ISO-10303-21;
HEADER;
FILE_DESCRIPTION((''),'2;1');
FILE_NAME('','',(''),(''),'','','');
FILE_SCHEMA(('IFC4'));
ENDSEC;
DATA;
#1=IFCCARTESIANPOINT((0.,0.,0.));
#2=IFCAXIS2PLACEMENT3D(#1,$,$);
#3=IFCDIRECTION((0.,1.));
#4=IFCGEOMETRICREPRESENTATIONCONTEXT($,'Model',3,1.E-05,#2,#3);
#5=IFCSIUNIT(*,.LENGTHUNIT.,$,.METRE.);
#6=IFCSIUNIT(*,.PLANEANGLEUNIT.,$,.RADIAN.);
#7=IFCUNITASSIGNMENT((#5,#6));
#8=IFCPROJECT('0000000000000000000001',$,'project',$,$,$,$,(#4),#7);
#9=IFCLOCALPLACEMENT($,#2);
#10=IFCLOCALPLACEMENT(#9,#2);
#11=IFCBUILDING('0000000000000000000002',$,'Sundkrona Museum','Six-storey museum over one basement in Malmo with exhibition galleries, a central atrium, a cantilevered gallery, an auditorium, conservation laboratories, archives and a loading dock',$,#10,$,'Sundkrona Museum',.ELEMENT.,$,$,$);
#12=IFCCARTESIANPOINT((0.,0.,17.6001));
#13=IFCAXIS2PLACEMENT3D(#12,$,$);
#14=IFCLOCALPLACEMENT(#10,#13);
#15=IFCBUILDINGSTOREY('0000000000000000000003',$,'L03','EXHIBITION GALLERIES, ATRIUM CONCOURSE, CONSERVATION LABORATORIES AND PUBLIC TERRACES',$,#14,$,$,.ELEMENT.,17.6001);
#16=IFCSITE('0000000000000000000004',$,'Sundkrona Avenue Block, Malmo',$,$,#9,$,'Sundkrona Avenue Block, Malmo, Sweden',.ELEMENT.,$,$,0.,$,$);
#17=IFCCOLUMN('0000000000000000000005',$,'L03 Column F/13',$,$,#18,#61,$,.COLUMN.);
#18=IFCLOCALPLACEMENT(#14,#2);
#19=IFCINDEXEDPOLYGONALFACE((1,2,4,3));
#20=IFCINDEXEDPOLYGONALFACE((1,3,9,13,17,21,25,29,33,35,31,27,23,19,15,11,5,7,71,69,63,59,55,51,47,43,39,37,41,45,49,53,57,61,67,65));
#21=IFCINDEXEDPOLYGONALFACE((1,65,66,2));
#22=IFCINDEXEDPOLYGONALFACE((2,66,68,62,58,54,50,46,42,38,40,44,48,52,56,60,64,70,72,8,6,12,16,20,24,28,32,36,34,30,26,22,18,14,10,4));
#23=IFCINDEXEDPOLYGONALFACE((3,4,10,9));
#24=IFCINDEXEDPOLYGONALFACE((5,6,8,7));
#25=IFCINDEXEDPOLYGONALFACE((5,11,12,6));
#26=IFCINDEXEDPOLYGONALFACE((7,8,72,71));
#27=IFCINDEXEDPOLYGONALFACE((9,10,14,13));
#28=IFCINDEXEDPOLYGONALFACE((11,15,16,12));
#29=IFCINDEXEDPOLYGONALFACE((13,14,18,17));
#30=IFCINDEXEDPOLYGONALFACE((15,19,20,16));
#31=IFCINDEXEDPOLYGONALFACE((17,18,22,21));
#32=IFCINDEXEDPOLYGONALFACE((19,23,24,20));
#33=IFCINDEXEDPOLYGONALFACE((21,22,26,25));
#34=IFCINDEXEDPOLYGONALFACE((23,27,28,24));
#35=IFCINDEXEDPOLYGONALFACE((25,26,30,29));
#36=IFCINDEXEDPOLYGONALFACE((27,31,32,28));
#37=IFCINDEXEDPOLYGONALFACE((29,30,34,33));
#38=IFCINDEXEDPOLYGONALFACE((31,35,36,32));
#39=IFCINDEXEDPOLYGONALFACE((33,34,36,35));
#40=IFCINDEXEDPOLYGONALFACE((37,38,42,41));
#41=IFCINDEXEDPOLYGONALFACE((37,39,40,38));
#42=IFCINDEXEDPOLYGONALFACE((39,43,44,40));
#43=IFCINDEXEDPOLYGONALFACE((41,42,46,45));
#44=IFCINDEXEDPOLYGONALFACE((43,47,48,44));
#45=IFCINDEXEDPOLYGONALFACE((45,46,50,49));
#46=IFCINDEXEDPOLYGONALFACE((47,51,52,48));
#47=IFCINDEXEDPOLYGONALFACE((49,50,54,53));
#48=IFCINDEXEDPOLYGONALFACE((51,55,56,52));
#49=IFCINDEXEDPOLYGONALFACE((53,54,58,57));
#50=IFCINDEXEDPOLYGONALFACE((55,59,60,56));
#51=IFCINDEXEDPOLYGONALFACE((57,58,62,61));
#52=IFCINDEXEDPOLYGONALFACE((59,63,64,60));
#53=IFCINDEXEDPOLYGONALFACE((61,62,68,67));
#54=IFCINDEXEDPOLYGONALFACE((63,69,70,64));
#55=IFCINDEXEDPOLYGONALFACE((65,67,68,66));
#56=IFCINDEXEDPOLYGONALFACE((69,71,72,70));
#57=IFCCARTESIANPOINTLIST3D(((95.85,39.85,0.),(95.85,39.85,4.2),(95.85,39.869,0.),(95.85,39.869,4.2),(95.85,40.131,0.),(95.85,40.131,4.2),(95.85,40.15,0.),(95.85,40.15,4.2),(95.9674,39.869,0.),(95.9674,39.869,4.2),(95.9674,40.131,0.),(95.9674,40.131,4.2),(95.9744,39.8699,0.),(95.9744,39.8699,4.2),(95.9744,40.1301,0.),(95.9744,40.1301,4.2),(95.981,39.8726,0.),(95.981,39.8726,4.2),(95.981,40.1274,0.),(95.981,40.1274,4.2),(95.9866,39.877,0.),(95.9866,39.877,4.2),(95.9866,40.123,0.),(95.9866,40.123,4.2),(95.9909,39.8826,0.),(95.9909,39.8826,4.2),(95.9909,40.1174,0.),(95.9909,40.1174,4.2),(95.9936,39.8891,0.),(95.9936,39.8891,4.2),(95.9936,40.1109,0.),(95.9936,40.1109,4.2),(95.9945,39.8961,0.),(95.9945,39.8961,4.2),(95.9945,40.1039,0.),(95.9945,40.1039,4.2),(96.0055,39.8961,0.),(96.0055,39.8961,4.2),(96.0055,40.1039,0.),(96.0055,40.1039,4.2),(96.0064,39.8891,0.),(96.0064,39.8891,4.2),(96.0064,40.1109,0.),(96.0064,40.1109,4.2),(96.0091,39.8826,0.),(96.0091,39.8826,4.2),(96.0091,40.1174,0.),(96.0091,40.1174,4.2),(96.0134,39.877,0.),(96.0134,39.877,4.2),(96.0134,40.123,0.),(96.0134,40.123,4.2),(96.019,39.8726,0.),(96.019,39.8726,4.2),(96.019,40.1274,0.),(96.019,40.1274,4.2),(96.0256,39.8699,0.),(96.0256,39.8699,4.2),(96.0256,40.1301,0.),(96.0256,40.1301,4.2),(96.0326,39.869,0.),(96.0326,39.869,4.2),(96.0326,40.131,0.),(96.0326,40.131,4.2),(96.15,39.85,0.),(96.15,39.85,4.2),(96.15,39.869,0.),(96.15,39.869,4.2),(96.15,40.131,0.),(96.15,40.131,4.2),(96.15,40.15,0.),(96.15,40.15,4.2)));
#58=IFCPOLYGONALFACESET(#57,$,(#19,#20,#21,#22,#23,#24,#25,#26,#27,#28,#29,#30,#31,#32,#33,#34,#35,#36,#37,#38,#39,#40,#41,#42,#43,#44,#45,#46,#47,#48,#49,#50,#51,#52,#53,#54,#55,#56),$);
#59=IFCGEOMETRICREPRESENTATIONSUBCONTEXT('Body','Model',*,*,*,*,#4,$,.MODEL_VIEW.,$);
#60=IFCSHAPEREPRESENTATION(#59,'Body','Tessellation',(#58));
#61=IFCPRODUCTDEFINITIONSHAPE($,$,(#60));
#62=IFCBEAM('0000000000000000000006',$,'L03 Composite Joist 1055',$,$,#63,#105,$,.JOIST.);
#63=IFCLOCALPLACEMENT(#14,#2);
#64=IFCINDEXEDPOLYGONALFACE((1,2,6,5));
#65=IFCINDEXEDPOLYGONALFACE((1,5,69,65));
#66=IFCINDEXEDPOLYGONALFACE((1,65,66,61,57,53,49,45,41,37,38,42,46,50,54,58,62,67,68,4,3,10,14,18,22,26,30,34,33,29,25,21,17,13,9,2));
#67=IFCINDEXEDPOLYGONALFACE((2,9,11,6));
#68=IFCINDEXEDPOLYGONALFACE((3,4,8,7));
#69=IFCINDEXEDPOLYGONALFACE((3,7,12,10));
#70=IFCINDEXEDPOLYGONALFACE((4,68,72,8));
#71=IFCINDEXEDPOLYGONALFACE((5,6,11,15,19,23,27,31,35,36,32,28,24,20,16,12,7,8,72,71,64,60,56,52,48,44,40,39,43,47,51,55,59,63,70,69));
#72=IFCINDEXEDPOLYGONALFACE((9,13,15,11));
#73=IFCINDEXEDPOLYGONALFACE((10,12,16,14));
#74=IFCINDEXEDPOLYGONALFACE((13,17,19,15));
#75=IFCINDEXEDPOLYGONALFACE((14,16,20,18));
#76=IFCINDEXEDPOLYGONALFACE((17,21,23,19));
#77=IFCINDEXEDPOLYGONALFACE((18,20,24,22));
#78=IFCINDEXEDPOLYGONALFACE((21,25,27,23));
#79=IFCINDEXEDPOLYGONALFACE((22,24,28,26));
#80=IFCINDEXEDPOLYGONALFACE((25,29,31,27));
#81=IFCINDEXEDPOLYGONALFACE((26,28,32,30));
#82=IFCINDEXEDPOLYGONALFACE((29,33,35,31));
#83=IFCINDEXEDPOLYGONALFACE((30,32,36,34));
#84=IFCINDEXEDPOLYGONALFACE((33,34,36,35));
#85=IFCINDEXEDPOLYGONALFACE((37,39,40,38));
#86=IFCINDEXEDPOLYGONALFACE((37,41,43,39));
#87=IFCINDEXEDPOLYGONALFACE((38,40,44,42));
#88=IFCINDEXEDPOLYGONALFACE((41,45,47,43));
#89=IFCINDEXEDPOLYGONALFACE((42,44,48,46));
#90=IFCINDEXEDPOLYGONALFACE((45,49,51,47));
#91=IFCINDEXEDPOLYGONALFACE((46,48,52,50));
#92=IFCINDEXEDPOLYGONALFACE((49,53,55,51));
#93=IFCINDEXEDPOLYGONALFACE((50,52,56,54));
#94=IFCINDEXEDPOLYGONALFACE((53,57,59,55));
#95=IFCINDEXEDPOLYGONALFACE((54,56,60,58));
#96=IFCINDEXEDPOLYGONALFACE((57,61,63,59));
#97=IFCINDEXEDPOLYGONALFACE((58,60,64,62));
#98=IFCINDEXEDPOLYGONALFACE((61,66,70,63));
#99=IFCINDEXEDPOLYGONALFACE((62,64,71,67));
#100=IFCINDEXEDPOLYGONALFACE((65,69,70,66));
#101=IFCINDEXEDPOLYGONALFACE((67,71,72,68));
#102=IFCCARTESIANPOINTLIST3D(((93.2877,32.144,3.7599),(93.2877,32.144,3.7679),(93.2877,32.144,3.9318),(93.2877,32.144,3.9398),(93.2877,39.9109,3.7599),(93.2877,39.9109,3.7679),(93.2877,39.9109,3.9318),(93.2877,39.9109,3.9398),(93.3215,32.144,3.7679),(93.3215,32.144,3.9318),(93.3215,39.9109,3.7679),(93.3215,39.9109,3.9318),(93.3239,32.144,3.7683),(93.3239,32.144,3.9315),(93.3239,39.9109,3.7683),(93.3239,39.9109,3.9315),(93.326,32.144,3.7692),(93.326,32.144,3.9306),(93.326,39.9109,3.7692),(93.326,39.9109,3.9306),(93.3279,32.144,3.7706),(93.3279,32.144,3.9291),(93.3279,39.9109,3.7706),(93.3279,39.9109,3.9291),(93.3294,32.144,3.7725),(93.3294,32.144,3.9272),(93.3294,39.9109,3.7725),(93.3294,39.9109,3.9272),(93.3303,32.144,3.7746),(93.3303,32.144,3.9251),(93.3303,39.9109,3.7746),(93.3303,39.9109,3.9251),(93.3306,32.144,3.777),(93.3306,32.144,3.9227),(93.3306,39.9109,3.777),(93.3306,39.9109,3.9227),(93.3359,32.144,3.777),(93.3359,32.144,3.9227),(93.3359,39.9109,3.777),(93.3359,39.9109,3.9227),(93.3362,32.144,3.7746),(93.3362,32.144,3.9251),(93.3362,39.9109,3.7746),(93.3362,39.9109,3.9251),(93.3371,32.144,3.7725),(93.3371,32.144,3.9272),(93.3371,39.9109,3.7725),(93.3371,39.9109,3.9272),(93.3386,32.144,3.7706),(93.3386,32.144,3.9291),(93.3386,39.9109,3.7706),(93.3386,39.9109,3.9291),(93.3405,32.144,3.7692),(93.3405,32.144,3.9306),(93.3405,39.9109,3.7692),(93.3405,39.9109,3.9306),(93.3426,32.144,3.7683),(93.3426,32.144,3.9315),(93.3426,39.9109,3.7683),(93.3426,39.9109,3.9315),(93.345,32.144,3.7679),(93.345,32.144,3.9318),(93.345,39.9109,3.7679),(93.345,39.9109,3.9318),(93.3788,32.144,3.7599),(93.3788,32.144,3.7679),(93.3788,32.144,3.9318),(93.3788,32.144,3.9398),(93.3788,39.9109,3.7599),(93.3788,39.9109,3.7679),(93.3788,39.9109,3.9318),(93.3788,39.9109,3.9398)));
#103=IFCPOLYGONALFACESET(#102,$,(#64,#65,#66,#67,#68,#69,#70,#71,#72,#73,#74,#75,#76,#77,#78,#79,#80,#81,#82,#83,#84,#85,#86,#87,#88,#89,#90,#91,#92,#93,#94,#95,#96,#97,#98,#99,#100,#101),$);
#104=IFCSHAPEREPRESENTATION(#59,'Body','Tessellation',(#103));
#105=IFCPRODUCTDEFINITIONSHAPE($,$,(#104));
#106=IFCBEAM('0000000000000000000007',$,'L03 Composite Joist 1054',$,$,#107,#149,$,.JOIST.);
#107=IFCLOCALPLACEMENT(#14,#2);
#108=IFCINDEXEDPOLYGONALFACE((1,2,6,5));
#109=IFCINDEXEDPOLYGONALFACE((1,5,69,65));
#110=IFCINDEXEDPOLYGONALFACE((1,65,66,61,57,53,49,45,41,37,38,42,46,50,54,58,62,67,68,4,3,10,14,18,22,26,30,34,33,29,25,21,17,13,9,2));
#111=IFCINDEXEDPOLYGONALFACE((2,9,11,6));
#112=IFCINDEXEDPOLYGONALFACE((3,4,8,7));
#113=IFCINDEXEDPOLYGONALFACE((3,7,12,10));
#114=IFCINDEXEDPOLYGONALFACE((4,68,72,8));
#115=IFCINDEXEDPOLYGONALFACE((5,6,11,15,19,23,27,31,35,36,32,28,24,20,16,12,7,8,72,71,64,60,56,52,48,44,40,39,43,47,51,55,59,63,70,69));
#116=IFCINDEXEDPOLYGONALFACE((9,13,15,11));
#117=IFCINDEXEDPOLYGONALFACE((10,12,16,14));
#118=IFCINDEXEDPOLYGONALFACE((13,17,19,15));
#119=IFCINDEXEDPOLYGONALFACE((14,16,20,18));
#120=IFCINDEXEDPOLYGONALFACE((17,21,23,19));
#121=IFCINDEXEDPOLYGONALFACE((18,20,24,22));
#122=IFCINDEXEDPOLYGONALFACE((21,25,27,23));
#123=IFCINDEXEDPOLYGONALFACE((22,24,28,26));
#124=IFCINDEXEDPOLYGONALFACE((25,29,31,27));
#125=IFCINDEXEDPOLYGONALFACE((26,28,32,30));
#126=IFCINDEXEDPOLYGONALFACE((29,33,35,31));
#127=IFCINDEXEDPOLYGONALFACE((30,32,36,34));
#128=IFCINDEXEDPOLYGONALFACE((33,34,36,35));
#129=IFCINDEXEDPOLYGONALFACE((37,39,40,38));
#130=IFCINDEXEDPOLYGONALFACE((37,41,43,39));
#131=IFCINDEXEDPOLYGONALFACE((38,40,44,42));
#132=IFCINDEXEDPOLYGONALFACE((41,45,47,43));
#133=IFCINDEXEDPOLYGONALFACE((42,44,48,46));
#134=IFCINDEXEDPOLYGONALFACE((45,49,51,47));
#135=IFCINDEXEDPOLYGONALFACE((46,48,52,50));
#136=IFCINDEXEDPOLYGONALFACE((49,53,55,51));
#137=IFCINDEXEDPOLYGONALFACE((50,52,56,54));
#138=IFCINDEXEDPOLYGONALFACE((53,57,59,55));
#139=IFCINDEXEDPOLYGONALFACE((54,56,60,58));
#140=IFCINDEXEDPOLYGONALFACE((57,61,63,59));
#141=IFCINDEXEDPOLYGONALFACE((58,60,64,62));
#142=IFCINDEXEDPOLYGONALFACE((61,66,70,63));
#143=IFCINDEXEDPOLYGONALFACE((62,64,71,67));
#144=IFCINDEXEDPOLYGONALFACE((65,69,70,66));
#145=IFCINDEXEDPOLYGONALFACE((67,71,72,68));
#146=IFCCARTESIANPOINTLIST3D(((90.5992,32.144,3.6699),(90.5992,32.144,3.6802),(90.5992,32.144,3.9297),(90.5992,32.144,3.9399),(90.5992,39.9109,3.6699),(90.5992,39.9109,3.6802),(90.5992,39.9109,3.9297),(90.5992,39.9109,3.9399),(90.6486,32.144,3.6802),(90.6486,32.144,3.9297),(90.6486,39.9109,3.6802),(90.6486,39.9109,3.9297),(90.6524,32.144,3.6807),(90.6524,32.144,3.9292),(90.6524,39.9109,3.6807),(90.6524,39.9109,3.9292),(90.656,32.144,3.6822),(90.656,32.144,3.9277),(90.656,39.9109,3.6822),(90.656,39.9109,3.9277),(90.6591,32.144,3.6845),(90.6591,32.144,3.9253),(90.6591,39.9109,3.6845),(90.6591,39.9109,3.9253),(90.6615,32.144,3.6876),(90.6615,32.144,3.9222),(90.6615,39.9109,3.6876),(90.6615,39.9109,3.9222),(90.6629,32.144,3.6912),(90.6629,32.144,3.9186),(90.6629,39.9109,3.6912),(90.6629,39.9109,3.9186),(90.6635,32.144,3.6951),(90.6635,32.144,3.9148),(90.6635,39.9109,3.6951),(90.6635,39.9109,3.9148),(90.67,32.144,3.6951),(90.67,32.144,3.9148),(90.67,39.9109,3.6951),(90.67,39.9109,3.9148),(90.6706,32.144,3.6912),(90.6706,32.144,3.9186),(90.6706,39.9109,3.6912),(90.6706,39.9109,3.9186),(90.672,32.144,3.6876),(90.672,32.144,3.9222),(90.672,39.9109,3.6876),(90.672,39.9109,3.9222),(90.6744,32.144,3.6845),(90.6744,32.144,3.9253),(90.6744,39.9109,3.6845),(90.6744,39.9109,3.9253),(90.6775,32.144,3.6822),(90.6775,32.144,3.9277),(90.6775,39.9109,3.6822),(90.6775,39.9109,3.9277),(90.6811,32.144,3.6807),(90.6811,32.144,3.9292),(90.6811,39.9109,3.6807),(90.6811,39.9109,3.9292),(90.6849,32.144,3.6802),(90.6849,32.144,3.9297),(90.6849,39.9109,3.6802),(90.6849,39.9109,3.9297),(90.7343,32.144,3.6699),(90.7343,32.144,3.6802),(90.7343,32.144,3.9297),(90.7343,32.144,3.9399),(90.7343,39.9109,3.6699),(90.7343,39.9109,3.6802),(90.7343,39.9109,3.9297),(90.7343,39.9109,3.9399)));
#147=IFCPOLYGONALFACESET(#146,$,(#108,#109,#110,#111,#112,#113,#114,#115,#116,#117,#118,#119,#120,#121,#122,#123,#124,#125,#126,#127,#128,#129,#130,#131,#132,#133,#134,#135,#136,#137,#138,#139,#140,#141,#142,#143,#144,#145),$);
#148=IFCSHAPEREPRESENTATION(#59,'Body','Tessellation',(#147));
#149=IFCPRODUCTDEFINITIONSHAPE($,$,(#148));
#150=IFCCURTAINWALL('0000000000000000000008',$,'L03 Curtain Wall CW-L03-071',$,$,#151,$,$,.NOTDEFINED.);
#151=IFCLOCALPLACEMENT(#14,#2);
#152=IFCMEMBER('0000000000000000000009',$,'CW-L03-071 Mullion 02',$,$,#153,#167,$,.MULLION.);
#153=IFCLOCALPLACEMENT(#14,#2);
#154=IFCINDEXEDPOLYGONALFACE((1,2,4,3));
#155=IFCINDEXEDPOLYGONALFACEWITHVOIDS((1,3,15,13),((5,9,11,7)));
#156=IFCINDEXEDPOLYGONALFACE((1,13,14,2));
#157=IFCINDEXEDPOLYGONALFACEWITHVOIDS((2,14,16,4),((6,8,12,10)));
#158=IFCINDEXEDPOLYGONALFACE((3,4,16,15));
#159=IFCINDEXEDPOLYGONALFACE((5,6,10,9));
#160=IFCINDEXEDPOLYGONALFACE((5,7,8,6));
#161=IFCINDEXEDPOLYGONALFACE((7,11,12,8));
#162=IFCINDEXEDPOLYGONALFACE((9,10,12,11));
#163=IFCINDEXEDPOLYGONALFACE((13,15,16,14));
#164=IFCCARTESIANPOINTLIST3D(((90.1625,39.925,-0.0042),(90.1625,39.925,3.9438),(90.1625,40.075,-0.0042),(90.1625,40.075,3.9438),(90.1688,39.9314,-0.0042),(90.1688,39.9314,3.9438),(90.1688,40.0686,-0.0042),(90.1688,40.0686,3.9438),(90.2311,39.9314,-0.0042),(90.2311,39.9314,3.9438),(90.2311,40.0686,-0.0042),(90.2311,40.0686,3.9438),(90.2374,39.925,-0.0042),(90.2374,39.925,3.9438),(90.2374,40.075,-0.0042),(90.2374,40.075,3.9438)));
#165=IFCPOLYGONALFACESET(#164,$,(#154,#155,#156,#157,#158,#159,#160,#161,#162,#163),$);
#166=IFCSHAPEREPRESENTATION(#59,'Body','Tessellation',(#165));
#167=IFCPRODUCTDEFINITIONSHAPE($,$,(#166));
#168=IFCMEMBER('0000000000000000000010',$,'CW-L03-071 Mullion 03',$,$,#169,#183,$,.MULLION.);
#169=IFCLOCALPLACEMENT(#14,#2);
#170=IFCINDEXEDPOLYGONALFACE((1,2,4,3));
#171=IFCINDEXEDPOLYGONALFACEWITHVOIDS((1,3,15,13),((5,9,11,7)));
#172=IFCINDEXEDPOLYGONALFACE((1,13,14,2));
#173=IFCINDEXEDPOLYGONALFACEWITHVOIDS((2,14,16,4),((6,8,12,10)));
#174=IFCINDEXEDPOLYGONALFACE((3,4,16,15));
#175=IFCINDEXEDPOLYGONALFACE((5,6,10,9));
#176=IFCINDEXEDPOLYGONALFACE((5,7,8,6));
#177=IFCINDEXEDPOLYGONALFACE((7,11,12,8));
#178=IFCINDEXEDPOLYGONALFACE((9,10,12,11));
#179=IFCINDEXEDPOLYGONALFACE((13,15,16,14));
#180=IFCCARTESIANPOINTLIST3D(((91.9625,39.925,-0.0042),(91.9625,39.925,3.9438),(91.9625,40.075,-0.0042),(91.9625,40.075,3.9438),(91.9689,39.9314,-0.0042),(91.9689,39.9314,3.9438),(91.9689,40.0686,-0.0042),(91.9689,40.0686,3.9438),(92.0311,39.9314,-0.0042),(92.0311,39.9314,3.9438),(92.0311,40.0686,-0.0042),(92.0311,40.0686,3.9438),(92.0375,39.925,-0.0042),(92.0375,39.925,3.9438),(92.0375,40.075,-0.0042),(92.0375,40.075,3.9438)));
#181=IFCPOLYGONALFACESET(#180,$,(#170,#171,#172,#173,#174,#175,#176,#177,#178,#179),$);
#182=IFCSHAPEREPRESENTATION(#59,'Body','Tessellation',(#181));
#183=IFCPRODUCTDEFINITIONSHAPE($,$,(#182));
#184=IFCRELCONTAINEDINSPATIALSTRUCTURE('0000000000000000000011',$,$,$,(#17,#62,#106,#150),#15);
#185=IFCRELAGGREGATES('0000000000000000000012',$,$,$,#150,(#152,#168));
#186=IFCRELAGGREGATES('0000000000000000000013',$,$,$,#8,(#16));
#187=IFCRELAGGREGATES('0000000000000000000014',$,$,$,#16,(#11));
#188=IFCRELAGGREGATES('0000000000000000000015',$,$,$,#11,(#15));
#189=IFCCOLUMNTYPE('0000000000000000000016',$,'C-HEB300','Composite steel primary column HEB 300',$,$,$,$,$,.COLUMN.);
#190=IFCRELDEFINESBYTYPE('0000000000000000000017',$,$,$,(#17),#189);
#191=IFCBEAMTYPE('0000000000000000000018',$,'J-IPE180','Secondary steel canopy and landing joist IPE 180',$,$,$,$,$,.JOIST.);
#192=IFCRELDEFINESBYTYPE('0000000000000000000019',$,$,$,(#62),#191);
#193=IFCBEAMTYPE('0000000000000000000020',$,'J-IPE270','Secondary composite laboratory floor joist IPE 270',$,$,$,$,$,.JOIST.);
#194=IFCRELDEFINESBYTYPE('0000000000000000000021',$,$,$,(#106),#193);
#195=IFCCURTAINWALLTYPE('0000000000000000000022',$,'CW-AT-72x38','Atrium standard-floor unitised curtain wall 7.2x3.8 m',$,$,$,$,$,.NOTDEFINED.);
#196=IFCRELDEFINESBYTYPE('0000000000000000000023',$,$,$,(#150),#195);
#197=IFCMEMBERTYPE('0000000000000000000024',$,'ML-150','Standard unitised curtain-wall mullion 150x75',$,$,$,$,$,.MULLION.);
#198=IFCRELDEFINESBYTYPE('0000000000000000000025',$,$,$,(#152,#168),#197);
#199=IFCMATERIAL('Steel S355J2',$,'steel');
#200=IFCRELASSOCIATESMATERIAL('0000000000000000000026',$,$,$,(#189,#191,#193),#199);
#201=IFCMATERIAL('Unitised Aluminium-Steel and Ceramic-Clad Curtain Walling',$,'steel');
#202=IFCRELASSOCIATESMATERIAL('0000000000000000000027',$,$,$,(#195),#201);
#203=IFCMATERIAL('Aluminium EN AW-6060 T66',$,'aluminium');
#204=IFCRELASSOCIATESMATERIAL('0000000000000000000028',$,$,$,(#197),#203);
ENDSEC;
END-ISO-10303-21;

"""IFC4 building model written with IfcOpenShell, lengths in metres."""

from ifc_helpers import new_model, si_unit, direction, frame, origin, origin_2d, place, context, subcontext, project, spatial, hollow_rectangle, i_section, extrude, material, material_profile, profile_set, type_object, element, aggregate, save


model = new_model("IFC4")

# Units and contexts
model_context = context("Model", 3, precision=1e-05, world=origin(), true_north=direction((0.0, 1.0)))
body_context = subcontext(model_context, "Body", "Model", "MODEL_VIEW")
ifc_project = project(units=[si_unit("LENGTHUNIT", "METRE"), si_unit("PLANEANGLEUNIT", "RADIAN")], contexts=[model_context])

# Site, building, storey
site_placement = place(None, origin())
site = spatial("IfcSite", under=ifc_project, at=site_placement, Name="Sundkrona Avenue Block, Malmo", LongName="Sundkrona Avenue Block, Malmo, Sweden", CompositionType="ELEMENT", RefElevation=0.0)
building_placement = place(site_placement, origin())
building = spatial("IfcBuilding", under=site, at=building_placement, Name="Sundkrona Museum", Description="Six-storey museum over one basement in Malmo with exhibition galleries, a central atrium, a cantilevered gallery, an auditorium, conservation laboratories, archives and a loading dock", LongName="Sundkrona Museum", CompositionType="ELEMENT")
storey_placement = place(building_placement, frame((0.0, 0.0, 17.6001)))
storey = spatial("IfcBuildingStorey", under=building, at=storey_placement, Name="L03", Description="EXHIBITION GALLERIES, ATRIUM CONCOURSE, CONSERVATION LABORATORIES AND PUBLIC TERRACES", CompositionType="ELEMENT", Elevation=17.6001)

# Column
ifc_material_1 = material(Name="Steel S355J2", Category="steel")
ifc_material_profile_1 = material_profile(ifc_material_1, i_section(OverallWidth=0.3, OverallDepth=0.3, WebThickness=0.011, FlangeThickness=0.019, FilletRadius=0.0271, at=origin_2d()), Name="HEB 300")
ifc_profile_set_1 = profile_set([ifc_material_profile_1], Name="Steel S355J2")
column_type = type_object("IfcColumnType", Name="C-HEB300", Description="Composite steel primary column HEB 300", PredefinedType="COLUMN", material=ifc_profile_set_1)
column_placement = place(storey_placement, frame((96.0, 40.0, 0.0), z_axis=(0.0, 0.0, 1.0), x_axis=(1.0, 0.0, 0.0)))
element("IfcColumn", 1, at=column_placement, inside=storey, type_object=column_type, Name="L03 Column F/13", PredefinedType="COLUMN", context=body_context, shape_type="SweptSolid", body=[
    extrude(i_section(OverallWidth=0.3, OverallDepth=0.3, WebThickness=0.011, FlangeThickness=0.019, FilletRadius=0.0271, at=origin_2d()), origin(), (0.0, 0.0, 1.0), 4.2),
])

# Beams
ifc_material_profile_2 = material_profile(ifc_material_1, i_section(OverallWidth=0.0911, OverallDepth=0.1799, WebThickness=0.0054, FlangeThickness=0.0081, FilletRadius=0.009, at=origin_2d()), Name="IPE 180")
ifc_profile_set_2 = profile_set([ifc_material_profile_2], Name="Steel S355J2")
beam_type_1 = type_object("IfcBeamType", Name="J-IPE180", Description="Secondary steel canopy and landing joist IPE 180", PredefinedType="JOIST", material=ifc_profile_set_2)
beam_1_placement = place(storey_placement, frame((93.3333, 32.144, 3.8499), z_axis=(0.0, 1.0, 0.0), x_axis=(-1.0, 0.0, 0.0)))
element("IfcBeam", 2, at=beam_1_placement, inside=storey, type_object=beam_type_1, Name="L03 Composite Joist 1055", PredefinedType="JOIST", context=body_context, shape_type="SweptSolid", body=[
    extrude(i_section(OverallWidth=0.0911, OverallDepth=0.1799, WebThickness=0.0054, FlangeThickness=0.0081, FilletRadius=0.009, at=origin_2d()), origin(), (0.0, 0.0, 1.0), 7.7668),
])
ifc_material_profile_3 = material_profile(ifc_material_1, i_section(OverallWidth=0.135, OverallDepth=0.27, WebThickness=0.0066, FlangeThickness=0.0103, FilletRadius=0.0149, at=origin_2d()), Name="IPE 270")
ifc_profile_set_3 = profile_set([ifc_material_profile_3], Name="Steel S355J2")
beam_type_2 = type_object("IfcBeamType", Name="J-IPE270", Description="Secondary composite laboratory floor joist IPE 270", PredefinedType="JOIST", material=ifc_profile_set_3)
beam_2_placement = place(storey_placement, frame((90.6667, 32.144, 3.8049), z_axis=(0.0, 1.0, 0.0), x_axis=(-1.0, 0.0, 0.0)))
element("IfcBeam", 3, at=beam_2_placement, inside=storey, type_object=beam_type_2, Name="L03 Composite Joist 1054", PredefinedType="JOIST", context=body_context, shape_type="SweptSolid", body=[
    extrude(i_section(OverallWidth=0.135, OverallDepth=0.27, WebThickness=0.0066, FlangeThickness=0.0103, FilletRadius=0.0149, at=origin_2d()), origin(), (0.0, 0.0, 1.0), 7.7668),
])

# Curtain wall, members
ifc_material_2 = material(Name="Unitised Aluminium-Steel and Ceramic-Clad Curtain Walling", Category="steel")
curtain_wall_type = type_object("IfcCurtainWallType", Name="CW-AT-72x38", Description="Atrium standard-floor unitised curtain wall 7.2x3.8 m", PredefinedType="NOTDEFINED", material=ifc_material_2)
curtain_wall_1_placement = place(storey_placement, origin())
curtain_wall_1 = element("IfcCurtainWall", 4, at=curtain_wall_1_placement, inside=storey, type_object=curtain_wall_type, Name="L03 Curtain Wall CW-L03-071", PredefinedType="NOTDEFINED")
ifc_material_3 = material(Name="Aluminium EN AW-6060 T66", Category="aluminium")
ifc_material_profile_4 = material_profile(ifc_material_3, hollow_rectangle(XDim=0.075, YDim=0.1499, WallThickness=0.0063, at=origin_2d()), Name="RHS 150x75x6.3")
ifc_profile_set_4 = profile_set([ifc_material_profile_4], Name="Aluminium EN AW-6060 T66")
member_type_1 = type_object("IfcMemberType", Name="ML-150", Description="Standard unitised curtain-wall mullion 150x75", PredefinedType="MULLION", material=ifc_profile_set_4)
member_1_placement = place(storey_placement, frame((90.2, 40.0, -0.0042), z_axis=(0.0, 0.0, 1.0), x_axis=(1.0, 0.0, 0.0)))
member_1 = element("IfcMember", 5, at=member_1_placement, type_object=member_type_1, Name="CW-L03-071 Mullion 02", PredefinedType="MULLION", context=body_context, shape_type="SweptSolid", body=[
    extrude(hollow_rectangle(XDim=0.075, YDim=0.1499, WallThickness=0.0063, at=origin_2d()), origin(), (0.0, 0.0, 1.0), 3.948),
])
member_2_placement = place(storey_placement, frame((92.0, 40.0, -0.0042), z_axis=(0.0, 0.0, 1.0), x_axis=(1.0, 0.0, 0.0)))
member_2 = element("IfcMember", 6, at=member_2_placement, type_object=member_type_1, Name="CW-L03-071 Mullion 03", PredefinedType="MULLION", context=body_context, shape_type="SweptSolid", body=[
    extrude(hollow_rectangle(XDim=0.075, YDim=0.1499, WallThickness=0.0063, at=origin_2d()), origin(), (0.0, 0.0, 1.0), 3.948),
])

aggregate(curtain_wall_1, [member_1, member_2])

save(model, "model.ifc")
